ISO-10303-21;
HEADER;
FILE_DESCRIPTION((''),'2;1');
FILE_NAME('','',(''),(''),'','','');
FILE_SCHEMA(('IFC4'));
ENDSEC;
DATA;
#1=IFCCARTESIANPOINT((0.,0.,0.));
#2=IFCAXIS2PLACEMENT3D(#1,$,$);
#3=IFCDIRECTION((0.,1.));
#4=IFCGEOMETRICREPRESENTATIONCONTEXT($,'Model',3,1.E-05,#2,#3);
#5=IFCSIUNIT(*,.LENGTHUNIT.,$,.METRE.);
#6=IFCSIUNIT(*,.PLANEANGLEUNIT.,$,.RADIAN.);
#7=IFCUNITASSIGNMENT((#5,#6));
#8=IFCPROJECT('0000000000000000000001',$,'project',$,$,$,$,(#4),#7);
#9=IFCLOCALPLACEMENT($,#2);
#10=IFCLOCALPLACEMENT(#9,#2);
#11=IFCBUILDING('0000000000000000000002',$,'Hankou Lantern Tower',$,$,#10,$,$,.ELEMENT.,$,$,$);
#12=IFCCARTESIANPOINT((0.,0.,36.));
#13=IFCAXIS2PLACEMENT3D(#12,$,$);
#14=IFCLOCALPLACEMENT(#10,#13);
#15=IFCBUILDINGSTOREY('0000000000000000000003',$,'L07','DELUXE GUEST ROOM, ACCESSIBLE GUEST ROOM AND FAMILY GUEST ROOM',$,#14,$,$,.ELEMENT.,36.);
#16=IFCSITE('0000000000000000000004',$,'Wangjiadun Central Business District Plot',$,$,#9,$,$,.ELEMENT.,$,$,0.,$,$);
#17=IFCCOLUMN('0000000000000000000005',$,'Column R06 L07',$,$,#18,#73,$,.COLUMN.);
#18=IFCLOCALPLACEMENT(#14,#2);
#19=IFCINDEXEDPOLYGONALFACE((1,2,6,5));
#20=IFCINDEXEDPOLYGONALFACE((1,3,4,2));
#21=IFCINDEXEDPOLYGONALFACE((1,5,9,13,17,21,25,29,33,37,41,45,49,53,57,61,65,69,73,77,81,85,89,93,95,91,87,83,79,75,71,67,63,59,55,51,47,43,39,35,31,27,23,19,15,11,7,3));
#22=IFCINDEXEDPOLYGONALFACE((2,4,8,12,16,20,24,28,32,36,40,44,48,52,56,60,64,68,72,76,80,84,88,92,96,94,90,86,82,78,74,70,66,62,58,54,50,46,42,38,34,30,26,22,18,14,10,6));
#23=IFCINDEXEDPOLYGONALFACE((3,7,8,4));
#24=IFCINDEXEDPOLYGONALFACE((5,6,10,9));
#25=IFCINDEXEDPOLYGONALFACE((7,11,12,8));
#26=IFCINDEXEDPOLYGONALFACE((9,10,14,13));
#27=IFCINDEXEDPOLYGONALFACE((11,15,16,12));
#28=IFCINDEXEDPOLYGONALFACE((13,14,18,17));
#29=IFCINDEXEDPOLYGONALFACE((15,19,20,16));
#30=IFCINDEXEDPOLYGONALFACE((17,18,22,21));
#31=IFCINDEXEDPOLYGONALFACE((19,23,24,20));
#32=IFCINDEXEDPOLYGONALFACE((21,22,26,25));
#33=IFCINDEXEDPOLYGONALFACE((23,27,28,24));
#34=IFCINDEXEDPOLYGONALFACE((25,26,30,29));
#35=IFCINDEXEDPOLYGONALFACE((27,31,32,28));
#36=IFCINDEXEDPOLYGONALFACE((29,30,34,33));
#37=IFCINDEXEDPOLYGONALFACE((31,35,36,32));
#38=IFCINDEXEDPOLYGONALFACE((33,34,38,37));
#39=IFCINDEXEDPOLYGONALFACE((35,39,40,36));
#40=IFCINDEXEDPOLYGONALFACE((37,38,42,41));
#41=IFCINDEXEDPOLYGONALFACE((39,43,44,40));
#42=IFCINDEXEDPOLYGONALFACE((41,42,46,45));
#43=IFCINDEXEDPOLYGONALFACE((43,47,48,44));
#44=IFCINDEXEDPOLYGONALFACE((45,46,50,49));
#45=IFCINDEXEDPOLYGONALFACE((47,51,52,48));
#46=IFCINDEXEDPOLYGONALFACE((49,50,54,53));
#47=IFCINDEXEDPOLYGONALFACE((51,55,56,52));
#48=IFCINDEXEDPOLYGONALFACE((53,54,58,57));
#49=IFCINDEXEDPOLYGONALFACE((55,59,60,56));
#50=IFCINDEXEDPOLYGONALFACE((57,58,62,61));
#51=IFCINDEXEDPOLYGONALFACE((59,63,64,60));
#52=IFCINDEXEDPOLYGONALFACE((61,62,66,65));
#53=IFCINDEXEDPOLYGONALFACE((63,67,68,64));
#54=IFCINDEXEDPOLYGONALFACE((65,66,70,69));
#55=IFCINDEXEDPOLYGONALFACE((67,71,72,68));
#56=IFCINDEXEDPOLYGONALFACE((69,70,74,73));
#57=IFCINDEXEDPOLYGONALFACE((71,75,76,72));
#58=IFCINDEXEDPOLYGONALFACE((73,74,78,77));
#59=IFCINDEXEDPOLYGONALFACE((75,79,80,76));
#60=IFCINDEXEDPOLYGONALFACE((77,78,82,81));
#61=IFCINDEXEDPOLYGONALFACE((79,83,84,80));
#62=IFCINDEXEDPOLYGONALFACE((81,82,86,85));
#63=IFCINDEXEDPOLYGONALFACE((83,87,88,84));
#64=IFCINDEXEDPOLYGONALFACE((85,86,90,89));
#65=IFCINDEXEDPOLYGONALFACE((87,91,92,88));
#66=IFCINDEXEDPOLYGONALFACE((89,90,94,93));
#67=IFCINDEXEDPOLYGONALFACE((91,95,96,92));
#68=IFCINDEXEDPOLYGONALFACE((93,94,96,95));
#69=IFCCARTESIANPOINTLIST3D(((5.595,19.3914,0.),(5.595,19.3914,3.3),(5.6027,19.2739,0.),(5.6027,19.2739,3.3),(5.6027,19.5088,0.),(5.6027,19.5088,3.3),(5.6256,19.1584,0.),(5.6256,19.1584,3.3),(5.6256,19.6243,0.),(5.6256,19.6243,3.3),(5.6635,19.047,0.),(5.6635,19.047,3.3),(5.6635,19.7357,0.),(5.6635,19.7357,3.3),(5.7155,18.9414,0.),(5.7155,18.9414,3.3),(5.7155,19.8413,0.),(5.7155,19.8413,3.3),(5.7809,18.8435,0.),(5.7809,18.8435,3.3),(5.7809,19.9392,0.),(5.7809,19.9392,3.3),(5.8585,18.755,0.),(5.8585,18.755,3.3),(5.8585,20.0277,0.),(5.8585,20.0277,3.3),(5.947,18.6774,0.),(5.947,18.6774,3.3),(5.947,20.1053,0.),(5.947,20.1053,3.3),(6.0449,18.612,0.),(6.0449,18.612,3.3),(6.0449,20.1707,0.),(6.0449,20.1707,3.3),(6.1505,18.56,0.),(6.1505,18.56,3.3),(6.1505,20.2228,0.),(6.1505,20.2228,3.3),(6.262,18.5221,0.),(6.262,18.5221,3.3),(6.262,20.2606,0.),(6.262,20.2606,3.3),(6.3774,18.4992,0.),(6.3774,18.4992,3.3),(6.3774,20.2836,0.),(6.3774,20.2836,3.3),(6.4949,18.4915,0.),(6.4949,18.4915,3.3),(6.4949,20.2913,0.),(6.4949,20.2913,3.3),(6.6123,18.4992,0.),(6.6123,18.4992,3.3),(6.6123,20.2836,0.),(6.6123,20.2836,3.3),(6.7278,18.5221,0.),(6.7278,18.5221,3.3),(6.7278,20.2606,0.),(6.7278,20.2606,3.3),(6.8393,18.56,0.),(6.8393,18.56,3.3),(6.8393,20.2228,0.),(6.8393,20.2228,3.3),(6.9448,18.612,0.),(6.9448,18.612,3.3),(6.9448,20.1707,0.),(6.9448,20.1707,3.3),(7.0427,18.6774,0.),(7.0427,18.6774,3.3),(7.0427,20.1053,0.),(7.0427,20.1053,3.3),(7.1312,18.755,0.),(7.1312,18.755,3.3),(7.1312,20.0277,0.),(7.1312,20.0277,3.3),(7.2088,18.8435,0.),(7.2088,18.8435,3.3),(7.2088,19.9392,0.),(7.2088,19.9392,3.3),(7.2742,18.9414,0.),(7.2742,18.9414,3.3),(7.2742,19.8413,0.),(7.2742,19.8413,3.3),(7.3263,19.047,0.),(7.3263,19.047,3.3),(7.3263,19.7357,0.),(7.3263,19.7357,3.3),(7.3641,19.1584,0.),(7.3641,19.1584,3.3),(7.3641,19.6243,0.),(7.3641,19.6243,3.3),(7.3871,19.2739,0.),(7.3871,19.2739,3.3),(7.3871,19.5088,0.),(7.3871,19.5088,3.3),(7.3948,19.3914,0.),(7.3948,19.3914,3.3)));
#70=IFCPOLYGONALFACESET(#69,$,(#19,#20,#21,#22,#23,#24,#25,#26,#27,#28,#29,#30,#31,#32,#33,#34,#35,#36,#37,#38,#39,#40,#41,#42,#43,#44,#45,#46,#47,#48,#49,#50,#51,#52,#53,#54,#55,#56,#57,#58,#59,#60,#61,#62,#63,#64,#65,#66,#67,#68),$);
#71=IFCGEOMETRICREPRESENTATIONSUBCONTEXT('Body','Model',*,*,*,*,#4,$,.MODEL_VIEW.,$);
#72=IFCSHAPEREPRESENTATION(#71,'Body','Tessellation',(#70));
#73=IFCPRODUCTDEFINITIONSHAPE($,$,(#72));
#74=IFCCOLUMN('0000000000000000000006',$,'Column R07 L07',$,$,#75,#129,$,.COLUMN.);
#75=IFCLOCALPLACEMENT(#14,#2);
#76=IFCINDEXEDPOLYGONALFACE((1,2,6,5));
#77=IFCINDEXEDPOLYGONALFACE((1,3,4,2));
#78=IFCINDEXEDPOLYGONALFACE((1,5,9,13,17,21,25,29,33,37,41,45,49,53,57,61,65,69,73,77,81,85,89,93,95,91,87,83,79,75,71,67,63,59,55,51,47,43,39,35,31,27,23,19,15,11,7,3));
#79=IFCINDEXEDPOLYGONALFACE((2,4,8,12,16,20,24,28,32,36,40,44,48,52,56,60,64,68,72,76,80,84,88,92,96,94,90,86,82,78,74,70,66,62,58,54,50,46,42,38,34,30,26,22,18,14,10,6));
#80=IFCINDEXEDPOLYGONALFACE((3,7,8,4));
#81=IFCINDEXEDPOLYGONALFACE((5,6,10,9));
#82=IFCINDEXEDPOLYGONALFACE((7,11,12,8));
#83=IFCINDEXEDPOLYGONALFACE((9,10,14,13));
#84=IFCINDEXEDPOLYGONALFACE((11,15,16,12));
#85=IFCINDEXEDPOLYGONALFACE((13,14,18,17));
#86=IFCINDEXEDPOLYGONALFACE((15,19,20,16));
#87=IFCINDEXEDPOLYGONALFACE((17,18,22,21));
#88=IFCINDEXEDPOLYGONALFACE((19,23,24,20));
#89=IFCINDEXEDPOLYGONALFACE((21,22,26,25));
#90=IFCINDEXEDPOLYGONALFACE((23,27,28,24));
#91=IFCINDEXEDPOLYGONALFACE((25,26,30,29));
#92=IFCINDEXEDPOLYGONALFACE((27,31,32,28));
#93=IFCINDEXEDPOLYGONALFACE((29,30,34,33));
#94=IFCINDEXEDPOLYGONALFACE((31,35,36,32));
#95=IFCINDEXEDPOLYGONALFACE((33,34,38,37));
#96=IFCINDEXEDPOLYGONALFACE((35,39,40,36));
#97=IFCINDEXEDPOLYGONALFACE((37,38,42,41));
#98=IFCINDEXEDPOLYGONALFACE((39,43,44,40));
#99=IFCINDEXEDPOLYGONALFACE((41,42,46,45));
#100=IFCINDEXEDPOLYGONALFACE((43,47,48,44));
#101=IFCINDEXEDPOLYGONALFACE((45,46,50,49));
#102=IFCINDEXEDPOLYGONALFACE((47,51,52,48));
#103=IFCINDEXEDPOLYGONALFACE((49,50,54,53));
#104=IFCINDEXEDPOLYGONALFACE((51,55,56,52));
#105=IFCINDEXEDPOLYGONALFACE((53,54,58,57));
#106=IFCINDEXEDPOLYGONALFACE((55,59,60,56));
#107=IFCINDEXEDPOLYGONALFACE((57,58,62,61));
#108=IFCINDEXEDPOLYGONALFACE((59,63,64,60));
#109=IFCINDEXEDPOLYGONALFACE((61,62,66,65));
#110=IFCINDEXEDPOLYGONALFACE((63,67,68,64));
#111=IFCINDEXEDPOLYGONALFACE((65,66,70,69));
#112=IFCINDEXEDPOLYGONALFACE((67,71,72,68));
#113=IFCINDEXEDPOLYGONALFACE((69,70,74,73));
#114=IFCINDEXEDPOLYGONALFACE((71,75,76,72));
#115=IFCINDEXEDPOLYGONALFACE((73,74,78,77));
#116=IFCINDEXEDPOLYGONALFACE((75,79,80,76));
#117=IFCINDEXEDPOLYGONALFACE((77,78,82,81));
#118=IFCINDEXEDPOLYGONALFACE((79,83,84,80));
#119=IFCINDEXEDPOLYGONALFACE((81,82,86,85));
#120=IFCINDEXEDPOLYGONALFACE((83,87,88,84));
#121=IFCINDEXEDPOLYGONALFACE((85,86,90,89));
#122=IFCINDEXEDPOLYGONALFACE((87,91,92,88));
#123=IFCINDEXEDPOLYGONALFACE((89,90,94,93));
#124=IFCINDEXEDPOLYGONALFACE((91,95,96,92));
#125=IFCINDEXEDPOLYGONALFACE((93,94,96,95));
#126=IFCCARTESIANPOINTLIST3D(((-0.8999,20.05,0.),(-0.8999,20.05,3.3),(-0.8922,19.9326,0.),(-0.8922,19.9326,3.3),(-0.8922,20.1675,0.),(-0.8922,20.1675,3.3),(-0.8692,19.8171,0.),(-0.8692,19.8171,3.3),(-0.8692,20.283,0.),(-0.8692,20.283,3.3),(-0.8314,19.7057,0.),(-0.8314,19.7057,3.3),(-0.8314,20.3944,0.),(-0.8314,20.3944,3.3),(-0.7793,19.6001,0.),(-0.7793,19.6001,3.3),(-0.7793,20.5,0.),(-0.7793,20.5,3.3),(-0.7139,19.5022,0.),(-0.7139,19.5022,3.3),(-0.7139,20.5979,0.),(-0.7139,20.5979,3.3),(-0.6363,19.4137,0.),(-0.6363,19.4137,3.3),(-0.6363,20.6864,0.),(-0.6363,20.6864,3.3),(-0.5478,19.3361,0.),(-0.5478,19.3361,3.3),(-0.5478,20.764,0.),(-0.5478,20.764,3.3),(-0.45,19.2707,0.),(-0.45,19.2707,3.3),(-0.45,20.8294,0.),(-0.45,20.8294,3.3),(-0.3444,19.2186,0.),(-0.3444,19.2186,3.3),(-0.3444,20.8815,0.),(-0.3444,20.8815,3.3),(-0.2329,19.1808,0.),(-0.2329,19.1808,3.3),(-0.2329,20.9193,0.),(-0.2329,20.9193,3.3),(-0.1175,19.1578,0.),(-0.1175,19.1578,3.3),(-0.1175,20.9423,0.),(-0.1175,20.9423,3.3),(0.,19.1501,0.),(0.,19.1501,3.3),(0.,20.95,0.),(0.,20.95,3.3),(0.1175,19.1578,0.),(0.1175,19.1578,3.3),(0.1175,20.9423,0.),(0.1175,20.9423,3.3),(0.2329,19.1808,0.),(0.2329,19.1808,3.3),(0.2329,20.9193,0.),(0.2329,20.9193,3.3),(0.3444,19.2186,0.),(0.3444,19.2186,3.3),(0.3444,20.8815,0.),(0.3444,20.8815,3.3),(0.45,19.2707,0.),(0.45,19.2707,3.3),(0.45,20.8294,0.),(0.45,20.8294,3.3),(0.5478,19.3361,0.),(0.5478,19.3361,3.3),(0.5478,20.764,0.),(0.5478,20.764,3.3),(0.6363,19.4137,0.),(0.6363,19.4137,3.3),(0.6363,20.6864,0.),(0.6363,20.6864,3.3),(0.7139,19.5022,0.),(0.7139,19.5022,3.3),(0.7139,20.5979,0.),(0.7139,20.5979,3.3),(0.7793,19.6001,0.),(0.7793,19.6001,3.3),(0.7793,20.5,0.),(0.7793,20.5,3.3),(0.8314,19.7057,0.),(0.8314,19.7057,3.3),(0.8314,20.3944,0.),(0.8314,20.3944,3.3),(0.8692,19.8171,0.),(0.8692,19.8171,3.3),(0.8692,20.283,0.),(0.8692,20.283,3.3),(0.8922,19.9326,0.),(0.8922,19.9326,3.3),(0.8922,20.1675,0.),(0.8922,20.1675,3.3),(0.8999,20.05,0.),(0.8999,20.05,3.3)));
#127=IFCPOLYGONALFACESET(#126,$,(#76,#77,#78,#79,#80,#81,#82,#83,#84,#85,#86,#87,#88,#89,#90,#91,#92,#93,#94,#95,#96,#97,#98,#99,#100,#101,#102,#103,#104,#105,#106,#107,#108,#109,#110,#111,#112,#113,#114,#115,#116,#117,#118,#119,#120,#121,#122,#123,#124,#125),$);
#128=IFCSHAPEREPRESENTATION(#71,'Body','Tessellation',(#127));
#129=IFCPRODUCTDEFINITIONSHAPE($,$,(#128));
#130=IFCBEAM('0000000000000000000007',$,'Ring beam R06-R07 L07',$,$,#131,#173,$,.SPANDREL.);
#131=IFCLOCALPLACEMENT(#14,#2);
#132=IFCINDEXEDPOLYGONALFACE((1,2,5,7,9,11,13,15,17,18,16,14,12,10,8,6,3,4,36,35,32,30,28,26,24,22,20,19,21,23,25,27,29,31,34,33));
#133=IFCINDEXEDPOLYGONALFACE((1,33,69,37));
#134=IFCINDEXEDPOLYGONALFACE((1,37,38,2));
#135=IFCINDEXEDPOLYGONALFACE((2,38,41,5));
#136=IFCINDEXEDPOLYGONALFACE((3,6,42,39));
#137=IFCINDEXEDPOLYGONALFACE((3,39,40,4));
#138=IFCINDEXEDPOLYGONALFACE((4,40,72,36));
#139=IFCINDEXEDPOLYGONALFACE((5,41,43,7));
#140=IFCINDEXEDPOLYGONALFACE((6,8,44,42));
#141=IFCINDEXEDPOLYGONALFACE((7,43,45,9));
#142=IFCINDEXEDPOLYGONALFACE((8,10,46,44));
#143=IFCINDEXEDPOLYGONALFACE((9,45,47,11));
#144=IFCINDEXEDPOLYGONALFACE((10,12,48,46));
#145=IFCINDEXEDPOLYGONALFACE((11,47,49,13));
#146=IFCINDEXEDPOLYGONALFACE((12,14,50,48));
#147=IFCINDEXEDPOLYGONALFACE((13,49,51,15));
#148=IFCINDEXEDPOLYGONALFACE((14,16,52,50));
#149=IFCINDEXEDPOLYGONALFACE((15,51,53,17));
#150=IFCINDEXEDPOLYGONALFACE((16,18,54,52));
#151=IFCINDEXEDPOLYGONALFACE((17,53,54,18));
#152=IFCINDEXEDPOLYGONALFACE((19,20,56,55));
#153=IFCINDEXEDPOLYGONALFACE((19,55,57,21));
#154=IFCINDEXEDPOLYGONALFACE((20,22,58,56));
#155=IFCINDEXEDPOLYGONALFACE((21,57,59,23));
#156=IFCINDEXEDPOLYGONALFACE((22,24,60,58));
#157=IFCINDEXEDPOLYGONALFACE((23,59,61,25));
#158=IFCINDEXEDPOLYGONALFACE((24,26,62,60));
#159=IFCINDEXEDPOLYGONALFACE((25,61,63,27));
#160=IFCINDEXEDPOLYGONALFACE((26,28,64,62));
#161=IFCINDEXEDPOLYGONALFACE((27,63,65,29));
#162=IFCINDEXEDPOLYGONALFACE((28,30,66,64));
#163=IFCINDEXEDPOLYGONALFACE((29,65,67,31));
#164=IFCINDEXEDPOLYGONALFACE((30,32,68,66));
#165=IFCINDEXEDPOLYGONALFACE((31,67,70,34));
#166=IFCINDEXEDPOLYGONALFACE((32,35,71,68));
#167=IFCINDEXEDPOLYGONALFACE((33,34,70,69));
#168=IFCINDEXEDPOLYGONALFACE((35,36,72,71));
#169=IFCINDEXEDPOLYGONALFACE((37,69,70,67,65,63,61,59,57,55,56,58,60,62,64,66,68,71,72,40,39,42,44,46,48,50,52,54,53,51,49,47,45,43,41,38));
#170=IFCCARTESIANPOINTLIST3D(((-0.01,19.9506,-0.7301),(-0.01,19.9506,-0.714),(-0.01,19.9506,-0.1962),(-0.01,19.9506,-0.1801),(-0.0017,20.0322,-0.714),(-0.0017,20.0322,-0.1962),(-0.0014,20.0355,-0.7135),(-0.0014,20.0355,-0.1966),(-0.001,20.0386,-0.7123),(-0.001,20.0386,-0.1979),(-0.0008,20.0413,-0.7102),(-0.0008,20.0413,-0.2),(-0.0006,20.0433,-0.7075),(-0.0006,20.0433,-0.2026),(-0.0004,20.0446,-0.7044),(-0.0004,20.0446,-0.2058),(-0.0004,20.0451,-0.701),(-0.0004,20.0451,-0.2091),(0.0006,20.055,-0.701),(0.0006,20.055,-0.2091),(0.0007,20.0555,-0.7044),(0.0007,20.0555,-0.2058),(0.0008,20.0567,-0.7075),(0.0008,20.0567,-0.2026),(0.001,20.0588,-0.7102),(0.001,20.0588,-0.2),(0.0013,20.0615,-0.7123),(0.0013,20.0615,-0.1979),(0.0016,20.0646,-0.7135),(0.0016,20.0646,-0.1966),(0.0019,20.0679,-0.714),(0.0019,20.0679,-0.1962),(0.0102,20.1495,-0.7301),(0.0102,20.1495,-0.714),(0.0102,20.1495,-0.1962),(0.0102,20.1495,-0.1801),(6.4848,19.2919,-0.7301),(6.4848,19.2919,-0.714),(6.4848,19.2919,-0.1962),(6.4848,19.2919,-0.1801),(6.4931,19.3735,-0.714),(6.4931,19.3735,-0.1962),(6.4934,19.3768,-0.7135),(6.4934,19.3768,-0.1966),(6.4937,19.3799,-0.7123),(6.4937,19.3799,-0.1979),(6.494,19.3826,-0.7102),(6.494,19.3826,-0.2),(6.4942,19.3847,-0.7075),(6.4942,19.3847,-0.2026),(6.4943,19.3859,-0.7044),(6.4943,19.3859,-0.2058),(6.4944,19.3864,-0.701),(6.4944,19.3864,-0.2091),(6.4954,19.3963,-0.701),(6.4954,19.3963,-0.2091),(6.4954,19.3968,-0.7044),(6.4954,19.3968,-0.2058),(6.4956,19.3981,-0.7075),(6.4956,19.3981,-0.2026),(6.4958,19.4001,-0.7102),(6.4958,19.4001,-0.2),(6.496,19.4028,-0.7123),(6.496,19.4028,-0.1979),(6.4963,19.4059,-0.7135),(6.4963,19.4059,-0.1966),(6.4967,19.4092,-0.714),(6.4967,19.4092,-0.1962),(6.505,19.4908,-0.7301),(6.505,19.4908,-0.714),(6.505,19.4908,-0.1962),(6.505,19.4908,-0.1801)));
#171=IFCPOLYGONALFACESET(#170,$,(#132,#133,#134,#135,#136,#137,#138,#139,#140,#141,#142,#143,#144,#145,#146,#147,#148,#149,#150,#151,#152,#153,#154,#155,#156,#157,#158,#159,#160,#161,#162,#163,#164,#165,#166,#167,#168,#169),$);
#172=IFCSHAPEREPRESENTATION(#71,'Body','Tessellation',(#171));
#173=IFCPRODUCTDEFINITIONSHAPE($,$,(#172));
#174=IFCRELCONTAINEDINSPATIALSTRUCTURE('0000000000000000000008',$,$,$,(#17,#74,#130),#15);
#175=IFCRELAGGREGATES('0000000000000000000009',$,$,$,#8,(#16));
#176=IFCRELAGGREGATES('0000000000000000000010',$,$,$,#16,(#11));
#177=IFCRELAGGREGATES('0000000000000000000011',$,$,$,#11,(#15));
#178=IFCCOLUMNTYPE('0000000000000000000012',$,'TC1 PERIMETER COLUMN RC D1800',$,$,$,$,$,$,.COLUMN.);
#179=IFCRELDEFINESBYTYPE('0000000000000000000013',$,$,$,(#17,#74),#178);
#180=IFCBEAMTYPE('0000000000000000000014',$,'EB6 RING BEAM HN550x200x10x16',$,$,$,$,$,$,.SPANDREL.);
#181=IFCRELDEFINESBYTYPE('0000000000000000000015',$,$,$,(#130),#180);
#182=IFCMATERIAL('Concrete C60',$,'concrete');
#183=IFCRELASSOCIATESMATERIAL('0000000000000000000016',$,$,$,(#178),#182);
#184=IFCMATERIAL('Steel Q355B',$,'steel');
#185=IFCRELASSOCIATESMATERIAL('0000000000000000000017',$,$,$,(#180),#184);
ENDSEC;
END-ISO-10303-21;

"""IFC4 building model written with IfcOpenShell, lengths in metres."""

from ifc_helpers import new_model, si_unit, direction, frame, origin, origin_2d, place, context, subcontext, project, spatial, circle, i_section, extrude, material, material_profile, profile_set, type_object, element, save


model = new_model("IFC4")

# Units and contexts
model_context = context("Model", 3, precision=1e-05, world=origin(), true_north=direction((0.0, 1.0)))
body_context = subcontext(model_context, "Body", "Model", "MODEL_VIEW")
ifc_project = project(units=[si_unit("LENGTHUNIT", "METRE"), si_unit("PLANEANGLEUNIT", "RADIAN")], contexts=[model_context])

# Site, building, storey
site_placement = place(None, origin())
site = spatial("IfcSite", under=ifc_project, at=site_placement, Name="Wangjiadun Central Business District Plot", CompositionType="ELEMENT", RefElevation=0.0)
building_placement = place(site_placement, origin())
building = spatial("IfcBuilding", under=site, at=building_placement, Name="Hankou Lantern Tower", CompositionType="ELEMENT")
storey_placement = place(building_placement, frame((0.0, 0.0, 36.0)))
storey = spatial("IfcBuildingStorey", under=building, at=storey_placement, Name="L07", Description="DELUXE GUEST ROOM, ACCESSIBLE GUEST ROOM AND FAMILY GUEST ROOM", CompositionType="ELEMENT", Elevation=36.0)

# Columns
ifc_material_1 = material(Name="Concrete C60", Category="concrete")
ifc_material_profile_1 = material_profile(ifc_material_1, circle(Radius=0.8999, at=origin_2d()), Name="RC D1800")
ifc_profile_set_1 = profile_set([ifc_material_profile_1], Name="Concrete C60")
column_type = type_object("IfcColumnType", Name="TC1 PERIMETER COLUMN RC D1800", PredefinedType="COLUMN", material=ifc_profile_set_1)
for number, where, z_axis, x_axis, name in (
    (1, (6.4949, 19.3914, 0.0), (0.0, 0.0, 1.0), (1.0, 0.0, 0.0), "Column R06 L07"),
    (2, (0.0, 20.05, 0.0), (0.0, 0.0, 1.0), (1.0, 0.0, 0.0), "Column R07 L07"),
):
    element("IfcColumn", number, at=place(storey_placement, frame(where, z_axis=z_axis, x_axis=x_axis)), inside=storey, type_object=column_type, Name=name, PredefinedType="COLUMN", context=body_context, shape_type="SweptSolid", body=[
        extrude(circle(Radius=0.8999, at=origin_2d()), origin(), (0.0, 0.0, 1.0), 3.3),
    ])

# Beam
ifc_material_2 = material(Name="Steel Q355B", Category="steel")
ifc_material_profile_2 = material_profile(ifc_material_2, i_section(OverallWidth=0.2, OverallDepth=0.55, WebThickness=0.01, FlangeThickness=0.0161, FilletRadius=0.0129, at=origin_2d()), Name="HN550x200x10x16")
ifc_profile_set_2 = profile_set([ifc_material_profile_2], Name="Steel Q355B")
beam_type_1 = type_object("IfcBeamType", Name="EB6 RING BEAM HN550x200x10x16", PredefinedType="SPANDREL", material=ifc_profile_set_2)
for number, where, z_axis, x_axis, name in (
    (3, (6.4949, 19.3914, -0.4551), (-0.994897, 0.1009, 0.0), (-0.1009, -0.994897, 0.0), "Ring beam R06-R07 L07"),
):
    element("IfcBeam", number, at=place(storey_placement, frame(where, z_axis=z_axis, x_axis=x_axis)), inside=storey, type_object=beam_type_1, Name=name, PredefinedType="SPANDREL", context=body_context, shape_type="SweptSolid", body=[
        extrude(i_section(OverallWidth=0.2, OverallDepth=0.55, WebThickness=0.01, FlangeThickness=0.0161, FilletRadius=0.0129, at=origin_2d()), origin(), (0.0, 0.0, 1.0), 6.5281),
    ])

save(model, "model.ifc")
